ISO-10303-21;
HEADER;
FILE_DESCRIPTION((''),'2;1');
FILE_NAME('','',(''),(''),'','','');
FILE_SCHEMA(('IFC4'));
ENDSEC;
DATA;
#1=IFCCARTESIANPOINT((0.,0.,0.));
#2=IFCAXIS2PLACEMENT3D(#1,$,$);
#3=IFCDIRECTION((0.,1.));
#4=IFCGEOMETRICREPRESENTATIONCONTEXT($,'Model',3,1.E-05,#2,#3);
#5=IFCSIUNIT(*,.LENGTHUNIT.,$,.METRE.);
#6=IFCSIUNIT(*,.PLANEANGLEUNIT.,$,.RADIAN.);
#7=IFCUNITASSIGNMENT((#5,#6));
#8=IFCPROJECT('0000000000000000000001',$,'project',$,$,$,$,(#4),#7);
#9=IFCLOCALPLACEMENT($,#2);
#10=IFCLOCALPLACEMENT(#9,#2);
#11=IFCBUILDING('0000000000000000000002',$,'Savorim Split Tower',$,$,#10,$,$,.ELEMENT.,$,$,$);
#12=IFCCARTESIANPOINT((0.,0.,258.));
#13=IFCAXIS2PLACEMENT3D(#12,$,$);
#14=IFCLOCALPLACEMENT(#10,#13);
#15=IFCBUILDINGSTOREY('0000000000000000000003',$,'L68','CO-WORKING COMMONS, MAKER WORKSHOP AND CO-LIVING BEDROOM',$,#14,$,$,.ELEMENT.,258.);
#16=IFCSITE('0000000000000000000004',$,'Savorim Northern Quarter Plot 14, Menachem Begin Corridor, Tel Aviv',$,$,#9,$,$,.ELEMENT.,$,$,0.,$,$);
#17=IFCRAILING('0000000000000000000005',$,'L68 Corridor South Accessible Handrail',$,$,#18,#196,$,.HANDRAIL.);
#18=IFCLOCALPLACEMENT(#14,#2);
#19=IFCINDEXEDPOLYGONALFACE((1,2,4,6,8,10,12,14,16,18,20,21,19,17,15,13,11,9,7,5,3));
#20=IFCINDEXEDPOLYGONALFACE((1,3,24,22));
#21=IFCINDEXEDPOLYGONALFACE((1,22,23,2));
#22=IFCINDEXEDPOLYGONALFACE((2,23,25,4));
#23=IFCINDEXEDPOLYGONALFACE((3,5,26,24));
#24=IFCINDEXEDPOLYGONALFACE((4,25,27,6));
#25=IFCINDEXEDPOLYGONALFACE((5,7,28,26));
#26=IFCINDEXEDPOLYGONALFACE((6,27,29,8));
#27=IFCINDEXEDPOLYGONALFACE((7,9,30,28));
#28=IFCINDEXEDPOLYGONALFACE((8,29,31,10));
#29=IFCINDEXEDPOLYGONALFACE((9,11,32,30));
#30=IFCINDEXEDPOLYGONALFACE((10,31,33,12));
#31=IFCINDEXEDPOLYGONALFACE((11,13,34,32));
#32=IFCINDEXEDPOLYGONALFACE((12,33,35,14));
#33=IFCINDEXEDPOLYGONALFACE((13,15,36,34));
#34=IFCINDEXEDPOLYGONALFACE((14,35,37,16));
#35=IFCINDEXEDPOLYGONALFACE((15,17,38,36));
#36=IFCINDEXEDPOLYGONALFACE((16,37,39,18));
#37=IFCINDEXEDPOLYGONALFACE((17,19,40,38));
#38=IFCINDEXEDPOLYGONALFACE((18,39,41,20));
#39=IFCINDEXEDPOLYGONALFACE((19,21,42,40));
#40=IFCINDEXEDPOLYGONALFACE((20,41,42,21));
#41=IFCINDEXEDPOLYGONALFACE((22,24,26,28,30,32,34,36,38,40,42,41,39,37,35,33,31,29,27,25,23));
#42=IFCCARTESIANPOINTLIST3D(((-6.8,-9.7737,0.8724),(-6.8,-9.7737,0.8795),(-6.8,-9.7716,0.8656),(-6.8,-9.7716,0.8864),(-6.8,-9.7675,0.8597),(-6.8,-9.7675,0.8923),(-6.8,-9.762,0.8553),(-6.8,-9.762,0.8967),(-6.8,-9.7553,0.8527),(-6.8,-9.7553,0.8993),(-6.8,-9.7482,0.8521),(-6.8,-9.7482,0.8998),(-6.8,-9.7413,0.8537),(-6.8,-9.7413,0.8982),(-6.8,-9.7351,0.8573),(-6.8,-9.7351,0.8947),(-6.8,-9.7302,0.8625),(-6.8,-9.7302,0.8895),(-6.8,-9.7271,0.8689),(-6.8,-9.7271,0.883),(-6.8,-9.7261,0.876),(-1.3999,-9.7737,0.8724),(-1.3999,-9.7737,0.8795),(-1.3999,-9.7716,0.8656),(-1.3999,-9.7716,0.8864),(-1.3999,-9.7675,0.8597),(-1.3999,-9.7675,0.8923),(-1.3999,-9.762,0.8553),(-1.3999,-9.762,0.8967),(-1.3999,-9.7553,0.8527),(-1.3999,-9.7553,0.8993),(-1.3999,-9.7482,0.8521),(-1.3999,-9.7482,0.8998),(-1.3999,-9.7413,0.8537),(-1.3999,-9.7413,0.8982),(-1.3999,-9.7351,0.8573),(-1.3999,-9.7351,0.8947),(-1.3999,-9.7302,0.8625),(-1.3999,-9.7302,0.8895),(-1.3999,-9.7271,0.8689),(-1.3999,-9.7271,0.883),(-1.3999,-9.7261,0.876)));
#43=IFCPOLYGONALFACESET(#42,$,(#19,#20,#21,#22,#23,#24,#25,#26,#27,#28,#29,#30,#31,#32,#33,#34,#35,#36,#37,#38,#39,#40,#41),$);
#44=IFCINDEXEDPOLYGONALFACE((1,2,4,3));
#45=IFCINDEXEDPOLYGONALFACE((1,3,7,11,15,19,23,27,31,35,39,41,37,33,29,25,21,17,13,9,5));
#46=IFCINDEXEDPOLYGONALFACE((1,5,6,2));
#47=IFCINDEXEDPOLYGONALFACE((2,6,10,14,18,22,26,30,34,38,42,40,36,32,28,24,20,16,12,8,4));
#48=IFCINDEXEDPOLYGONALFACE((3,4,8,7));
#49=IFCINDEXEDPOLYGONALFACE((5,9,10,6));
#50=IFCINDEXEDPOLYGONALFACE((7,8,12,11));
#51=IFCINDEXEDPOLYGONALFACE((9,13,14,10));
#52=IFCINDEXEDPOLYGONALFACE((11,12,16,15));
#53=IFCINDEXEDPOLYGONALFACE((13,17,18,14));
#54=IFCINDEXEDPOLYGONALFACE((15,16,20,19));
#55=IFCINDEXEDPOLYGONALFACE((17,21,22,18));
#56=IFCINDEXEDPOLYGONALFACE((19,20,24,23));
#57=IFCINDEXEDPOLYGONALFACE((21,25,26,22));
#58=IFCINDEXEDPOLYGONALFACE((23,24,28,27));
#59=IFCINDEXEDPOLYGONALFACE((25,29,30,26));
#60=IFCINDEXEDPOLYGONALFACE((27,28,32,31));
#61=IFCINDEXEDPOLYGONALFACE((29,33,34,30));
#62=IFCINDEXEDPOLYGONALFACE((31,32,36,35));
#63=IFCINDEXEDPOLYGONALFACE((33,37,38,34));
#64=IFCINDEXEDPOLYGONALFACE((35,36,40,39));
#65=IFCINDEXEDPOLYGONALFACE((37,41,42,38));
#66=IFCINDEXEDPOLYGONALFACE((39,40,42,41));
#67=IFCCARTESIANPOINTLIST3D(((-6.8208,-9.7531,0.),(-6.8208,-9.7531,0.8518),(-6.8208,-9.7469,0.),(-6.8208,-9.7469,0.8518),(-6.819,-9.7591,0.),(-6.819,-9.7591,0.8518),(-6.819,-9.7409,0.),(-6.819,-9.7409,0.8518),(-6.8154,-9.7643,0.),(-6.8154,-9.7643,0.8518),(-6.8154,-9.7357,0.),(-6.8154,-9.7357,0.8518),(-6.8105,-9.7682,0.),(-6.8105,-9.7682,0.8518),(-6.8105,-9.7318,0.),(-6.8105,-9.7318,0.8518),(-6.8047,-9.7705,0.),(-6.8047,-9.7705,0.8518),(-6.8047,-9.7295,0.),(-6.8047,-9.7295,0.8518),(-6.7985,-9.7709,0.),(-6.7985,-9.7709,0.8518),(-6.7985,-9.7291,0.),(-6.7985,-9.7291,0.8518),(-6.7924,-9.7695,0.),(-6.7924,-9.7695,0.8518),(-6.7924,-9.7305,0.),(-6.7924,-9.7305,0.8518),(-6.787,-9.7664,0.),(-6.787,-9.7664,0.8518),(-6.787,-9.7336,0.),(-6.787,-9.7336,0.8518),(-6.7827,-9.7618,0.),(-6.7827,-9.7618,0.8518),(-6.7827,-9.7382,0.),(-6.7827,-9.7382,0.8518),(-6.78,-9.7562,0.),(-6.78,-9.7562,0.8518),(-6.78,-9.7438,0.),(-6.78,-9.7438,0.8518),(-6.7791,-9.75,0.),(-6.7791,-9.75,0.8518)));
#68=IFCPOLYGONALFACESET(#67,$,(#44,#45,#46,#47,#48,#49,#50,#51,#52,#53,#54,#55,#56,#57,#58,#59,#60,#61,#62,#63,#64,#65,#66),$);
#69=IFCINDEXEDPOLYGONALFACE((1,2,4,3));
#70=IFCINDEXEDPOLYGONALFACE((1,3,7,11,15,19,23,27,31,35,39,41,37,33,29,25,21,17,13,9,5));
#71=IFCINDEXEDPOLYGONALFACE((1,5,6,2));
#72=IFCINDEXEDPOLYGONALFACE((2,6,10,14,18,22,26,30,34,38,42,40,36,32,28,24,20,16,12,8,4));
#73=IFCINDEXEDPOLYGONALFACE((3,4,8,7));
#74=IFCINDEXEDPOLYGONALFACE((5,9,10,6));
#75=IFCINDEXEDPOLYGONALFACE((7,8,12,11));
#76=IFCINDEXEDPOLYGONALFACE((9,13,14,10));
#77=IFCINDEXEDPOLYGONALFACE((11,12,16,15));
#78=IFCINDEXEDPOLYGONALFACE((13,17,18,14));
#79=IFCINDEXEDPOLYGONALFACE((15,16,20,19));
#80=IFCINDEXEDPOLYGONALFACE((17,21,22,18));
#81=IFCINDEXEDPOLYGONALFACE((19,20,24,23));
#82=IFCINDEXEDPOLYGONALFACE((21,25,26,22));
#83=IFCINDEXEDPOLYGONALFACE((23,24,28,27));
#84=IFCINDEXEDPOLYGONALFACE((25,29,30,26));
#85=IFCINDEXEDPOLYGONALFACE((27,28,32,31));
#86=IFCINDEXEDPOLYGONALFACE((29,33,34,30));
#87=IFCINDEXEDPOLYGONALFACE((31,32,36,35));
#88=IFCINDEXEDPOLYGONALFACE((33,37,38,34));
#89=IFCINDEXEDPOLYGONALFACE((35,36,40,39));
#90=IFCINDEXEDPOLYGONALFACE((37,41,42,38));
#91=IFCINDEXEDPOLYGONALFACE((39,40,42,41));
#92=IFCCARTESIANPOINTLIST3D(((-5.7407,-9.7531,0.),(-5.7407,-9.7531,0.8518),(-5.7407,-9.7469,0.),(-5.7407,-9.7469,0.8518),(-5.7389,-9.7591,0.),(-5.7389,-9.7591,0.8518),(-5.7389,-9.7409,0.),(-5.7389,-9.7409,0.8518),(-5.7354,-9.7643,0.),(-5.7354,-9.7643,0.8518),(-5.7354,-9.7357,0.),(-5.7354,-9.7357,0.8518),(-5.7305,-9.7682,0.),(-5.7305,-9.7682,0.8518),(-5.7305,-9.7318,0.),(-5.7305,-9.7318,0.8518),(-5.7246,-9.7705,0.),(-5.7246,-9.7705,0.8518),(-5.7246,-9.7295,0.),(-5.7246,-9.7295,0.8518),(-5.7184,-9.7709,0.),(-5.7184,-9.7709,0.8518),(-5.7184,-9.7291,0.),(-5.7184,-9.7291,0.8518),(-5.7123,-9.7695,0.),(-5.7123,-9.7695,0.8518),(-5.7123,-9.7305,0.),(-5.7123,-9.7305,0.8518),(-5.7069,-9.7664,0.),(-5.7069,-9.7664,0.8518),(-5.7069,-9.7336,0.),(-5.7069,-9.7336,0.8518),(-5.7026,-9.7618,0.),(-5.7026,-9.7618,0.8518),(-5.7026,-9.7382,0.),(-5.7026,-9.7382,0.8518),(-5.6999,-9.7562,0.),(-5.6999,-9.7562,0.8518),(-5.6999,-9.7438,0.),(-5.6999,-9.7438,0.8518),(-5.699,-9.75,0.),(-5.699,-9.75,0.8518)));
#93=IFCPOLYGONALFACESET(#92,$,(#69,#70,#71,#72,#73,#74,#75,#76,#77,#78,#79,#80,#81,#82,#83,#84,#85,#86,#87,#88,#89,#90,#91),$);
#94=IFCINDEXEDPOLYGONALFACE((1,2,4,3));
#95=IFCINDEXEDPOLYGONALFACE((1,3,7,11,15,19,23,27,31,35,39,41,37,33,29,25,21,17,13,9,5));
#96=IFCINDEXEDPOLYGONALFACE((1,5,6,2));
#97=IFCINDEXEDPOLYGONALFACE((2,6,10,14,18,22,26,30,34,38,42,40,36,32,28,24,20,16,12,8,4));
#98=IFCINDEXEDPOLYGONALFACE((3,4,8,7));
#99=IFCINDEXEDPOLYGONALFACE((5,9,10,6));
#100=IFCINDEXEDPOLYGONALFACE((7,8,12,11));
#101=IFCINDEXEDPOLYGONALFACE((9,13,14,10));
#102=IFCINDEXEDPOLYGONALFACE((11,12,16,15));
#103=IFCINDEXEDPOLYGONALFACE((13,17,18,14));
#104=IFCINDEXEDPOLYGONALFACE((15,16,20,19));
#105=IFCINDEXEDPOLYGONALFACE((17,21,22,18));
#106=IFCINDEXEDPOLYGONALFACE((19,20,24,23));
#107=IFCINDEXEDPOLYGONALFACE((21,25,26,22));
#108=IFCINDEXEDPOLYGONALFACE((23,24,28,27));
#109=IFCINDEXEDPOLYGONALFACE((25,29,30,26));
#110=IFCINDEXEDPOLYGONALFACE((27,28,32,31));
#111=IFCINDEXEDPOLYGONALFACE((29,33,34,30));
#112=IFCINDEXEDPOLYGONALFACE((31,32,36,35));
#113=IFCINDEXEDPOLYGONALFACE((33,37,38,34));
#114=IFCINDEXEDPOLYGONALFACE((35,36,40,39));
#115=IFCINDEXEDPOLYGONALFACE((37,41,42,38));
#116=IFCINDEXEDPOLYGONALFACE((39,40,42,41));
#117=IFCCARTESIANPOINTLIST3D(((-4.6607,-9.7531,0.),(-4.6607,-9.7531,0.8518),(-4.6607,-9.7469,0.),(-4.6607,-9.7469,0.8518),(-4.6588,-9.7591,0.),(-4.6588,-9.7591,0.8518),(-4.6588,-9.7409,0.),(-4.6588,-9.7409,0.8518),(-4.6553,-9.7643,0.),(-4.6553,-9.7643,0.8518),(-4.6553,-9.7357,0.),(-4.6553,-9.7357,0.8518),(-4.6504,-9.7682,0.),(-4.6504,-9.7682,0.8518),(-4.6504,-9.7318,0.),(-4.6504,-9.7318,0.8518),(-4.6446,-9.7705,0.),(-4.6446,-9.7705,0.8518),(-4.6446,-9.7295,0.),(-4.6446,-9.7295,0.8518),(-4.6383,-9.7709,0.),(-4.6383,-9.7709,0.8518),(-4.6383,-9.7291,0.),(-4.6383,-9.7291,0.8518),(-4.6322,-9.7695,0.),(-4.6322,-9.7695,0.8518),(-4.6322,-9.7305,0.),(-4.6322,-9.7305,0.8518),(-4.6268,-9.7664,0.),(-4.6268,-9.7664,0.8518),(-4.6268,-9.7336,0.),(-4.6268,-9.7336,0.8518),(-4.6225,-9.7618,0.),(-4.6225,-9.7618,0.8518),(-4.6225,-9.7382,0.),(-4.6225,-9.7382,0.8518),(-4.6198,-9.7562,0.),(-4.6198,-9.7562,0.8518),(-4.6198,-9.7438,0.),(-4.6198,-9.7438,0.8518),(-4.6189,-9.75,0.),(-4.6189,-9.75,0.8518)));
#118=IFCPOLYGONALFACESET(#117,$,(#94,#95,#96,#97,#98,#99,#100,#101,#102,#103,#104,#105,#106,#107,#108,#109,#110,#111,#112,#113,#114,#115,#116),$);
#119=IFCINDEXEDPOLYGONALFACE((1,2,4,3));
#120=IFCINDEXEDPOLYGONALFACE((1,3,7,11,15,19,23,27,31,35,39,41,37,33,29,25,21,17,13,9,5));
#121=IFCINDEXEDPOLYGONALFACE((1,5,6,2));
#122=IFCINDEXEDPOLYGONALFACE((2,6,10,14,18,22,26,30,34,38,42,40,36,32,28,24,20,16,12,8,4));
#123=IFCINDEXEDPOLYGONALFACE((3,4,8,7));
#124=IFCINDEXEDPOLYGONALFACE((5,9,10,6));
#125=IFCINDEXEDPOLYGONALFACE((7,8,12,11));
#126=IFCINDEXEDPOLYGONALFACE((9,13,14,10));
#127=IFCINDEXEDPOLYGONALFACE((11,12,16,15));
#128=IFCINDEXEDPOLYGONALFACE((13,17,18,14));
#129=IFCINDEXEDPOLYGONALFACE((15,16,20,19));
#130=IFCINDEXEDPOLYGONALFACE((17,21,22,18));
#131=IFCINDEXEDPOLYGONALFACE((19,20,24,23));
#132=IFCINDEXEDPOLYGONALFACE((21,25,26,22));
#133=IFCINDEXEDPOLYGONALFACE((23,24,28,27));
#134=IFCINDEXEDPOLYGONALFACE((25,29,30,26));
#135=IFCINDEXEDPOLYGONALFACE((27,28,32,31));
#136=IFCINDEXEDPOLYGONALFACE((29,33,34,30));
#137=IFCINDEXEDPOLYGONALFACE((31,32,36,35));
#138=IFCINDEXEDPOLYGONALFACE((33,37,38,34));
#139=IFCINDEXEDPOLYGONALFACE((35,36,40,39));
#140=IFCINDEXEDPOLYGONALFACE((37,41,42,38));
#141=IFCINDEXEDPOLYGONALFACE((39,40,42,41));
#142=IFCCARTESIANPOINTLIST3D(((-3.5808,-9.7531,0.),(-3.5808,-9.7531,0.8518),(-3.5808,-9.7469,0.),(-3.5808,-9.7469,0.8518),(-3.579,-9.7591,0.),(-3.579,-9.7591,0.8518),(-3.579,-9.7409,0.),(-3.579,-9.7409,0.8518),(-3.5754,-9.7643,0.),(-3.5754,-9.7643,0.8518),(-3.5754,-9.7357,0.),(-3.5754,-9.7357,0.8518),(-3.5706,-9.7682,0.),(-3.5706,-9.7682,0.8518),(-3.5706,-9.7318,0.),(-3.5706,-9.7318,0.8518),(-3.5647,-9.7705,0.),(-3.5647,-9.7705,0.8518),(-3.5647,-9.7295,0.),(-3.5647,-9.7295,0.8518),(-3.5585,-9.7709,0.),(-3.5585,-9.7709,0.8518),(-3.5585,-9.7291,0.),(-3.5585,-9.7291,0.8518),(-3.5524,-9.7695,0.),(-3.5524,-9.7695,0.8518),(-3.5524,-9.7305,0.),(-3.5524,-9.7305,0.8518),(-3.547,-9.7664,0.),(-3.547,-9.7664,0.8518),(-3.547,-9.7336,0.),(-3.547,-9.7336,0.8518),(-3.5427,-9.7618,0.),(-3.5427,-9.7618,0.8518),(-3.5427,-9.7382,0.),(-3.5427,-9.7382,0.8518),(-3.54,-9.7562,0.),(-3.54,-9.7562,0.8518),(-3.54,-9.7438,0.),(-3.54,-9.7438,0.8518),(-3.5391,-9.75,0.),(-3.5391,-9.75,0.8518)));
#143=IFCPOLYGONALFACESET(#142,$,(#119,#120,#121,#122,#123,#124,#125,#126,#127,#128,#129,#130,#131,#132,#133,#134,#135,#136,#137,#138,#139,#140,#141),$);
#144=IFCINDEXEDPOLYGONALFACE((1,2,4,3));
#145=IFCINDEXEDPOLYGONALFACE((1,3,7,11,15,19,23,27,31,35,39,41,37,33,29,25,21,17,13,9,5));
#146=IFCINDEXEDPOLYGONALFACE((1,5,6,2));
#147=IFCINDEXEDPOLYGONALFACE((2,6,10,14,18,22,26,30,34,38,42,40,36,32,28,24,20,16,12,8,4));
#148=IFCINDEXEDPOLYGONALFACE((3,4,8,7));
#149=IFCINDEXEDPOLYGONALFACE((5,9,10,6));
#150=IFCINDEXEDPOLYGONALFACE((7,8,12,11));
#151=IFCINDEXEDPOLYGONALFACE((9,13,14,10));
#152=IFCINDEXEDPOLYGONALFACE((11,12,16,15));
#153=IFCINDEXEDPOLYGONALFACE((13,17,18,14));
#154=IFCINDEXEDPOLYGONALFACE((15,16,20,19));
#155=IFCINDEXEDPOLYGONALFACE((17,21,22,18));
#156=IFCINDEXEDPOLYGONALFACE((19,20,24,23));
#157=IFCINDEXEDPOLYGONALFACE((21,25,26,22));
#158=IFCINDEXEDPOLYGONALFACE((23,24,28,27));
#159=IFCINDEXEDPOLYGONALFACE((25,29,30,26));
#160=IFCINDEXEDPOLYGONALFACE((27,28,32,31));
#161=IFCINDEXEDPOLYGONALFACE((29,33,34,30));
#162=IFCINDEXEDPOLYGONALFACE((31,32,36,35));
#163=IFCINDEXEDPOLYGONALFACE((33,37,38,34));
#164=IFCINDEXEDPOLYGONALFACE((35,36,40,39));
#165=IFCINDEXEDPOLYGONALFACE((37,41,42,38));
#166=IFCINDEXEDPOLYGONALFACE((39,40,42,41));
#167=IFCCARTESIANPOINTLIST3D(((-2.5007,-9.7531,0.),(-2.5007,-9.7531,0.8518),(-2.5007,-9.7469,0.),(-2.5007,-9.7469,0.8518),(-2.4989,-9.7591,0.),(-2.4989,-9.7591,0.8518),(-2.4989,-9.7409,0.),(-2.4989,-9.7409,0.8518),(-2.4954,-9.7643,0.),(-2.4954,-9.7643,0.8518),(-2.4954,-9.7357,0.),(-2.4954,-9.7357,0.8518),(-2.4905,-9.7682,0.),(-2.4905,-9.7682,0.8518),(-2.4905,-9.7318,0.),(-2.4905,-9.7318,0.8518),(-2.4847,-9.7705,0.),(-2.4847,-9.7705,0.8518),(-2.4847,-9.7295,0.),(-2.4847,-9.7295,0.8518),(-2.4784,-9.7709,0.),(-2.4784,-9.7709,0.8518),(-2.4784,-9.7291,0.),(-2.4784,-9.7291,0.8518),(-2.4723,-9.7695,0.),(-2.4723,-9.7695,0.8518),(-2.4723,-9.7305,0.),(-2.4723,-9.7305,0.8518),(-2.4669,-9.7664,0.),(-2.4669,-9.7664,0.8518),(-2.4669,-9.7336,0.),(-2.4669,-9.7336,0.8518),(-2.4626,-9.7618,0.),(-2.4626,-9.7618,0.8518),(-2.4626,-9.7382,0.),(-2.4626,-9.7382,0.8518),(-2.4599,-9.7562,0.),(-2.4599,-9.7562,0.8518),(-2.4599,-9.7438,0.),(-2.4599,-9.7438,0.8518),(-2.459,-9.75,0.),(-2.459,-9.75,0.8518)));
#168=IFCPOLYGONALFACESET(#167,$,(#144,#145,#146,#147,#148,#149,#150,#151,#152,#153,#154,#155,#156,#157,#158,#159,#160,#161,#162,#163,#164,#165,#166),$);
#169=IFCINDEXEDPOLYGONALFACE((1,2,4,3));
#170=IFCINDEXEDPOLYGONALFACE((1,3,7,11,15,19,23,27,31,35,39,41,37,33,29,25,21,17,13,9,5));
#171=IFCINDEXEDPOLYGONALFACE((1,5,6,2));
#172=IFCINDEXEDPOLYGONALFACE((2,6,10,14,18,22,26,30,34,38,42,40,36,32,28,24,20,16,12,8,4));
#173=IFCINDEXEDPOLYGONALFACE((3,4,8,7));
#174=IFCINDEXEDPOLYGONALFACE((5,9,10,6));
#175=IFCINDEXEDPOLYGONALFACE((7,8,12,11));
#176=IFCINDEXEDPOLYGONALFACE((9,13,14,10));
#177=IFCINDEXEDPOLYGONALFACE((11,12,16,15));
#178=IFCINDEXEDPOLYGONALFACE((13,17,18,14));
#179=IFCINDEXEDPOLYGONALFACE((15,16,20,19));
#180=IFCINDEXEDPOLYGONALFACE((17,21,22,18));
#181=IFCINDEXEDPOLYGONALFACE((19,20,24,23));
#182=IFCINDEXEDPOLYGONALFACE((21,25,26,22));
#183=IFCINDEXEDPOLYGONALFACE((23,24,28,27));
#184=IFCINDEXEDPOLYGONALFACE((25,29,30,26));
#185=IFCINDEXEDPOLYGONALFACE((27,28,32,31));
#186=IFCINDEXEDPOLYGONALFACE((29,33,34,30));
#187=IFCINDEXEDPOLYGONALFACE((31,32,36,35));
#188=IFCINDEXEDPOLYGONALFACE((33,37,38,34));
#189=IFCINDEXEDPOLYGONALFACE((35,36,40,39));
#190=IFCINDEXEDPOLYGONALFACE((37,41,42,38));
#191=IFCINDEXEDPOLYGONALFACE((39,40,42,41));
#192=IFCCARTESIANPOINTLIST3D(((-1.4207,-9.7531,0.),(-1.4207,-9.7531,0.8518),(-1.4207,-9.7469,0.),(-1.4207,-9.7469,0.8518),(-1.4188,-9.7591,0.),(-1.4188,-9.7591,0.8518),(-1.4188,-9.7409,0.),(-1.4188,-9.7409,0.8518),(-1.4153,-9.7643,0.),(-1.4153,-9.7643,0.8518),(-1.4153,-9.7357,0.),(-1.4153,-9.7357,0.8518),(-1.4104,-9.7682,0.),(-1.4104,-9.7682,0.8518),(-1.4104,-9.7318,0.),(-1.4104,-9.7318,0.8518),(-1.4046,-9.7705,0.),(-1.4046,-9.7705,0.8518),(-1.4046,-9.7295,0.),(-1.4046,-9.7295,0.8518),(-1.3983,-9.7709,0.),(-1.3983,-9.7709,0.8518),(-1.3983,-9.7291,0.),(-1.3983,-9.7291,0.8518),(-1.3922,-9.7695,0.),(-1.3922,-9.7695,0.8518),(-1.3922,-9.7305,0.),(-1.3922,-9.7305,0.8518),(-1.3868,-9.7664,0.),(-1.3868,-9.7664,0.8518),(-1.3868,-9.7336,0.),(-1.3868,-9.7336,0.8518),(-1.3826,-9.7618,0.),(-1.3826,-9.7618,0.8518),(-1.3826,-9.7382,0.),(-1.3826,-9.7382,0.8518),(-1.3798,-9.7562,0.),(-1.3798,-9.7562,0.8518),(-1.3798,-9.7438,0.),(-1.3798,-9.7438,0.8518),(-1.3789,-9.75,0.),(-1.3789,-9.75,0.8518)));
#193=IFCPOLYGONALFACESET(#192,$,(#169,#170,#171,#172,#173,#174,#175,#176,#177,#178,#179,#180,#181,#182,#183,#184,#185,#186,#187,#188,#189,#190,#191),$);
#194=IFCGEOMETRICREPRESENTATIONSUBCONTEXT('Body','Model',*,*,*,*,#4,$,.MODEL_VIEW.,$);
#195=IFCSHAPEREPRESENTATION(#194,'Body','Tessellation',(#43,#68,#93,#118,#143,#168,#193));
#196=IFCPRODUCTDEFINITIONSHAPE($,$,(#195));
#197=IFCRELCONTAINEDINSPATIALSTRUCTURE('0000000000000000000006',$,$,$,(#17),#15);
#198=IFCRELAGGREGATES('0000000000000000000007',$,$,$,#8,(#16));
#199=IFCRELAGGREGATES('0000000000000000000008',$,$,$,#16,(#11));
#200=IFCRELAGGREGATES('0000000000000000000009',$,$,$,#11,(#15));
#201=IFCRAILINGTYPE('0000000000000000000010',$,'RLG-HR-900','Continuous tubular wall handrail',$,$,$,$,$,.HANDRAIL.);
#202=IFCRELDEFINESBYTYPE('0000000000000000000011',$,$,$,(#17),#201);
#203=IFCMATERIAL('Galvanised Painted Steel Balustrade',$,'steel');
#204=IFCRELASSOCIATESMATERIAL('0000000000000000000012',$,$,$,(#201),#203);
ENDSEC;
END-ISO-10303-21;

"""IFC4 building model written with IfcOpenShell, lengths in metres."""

from ifc_helpers import new_model, si_unit, direction, frame, origin, origin_2d, place, context, subcontext, project, spatial, circle, extrude, material, type_object, element, save


model = new_model("IFC4")

# Units and contexts
model_context = context("Model", 3, precision=1e-05, world=origin(), true_north=direction((0.0, 1.0)))
body_context = subcontext(model_context, "Body", "Model", "MODEL_VIEW")
ifc_project = project(units=[si_unit("LENGTHUNIT", "METRE"), si_unit("PLANEANGLEUNIT", "RADIAN")], contexts=[model_context])

# Site, building, storey
site_placement = place(None, origin())
site = spatial("IfcSite", under=ifc_project, at=site_placement, Name="Savorim Northern Quarter Plot 14, Menachem Begin Corridor, Tel Aviv", CompositionType="ELEMENT", RefElevation=0.0)
building_placement = place(site_placement, origin())
building = spatial("IfcBuilding", under=site, at=building_placement, Name="Savorim Split Tower", CompositionType="ELEMENT")
storey_placement = place(building_placement, frame((0.0, 0.0, 258.0)))
storey = spatial("IfcBuildingStorey", under=building, at=storey_placement, Name="L68", Description="CO-WORKING COMMONS, MAKER WORKSHOP AND CO-LIVING BEDROOM", CompositionType="ELEMENT", Elevation=258.0)

# Railing
ifc_material_1 = material(Name="Galvanised Painted Steel Balustrade", Category="steel")
railing_type_1 = type_object("IfcRailingType", Name="RLG-HR-900", Description="Continuous tubular wall handrail", PredefinedType="HANDRAIL", material=ifc_material_1)
railing_1_placement = place(storey_placement, frame((-6.8, -9.75, 0.0)))
element("IfcRailing", 1, at=railing_1_placement, inside=storey, type_object=railing_type_1, Name="L68 Corridor South Accessible Handrail", PredefinedType="HANDRAIL", context=body_context, shape_type="SweptSolid", body=[
    extrude(circle(Radius=0.0239, at=origin_2d()), frame((0.0, 0.0, 0.876), z_axis=(1.0, 0.0, 0.0), x_axis=(0.0, 1.0, 0.0)), (0.0, 0.0, 1.0), 5.4001),
    extrude(circle(Radius=0.021, at=origin_2d()), origin(), (0.0, 0.0, 1.0), 0.8518),
    extrude(circle(Radius=0.021, at=origin_2d()), frame((1.0801, 0.0, 0.0)), (0.0, 0.0, 1.0), 0.8518),
    extrude(circle(Radius=0.021, at=origin_2d()), frame((2.1602, 0.0, 0.0)), (0.0, 0.0, 1.0), 0.8518),
    extrude(circle(Radius=0.021, at=origin_2d()), frame((3.24, 0.0, 0.0)), (0.0, 0.0, 1.0), 0.8518),
    extrude(circle(Radius=0.021, at=origin_2d()), frame((4.3201, 0.0, 0.0)), (0.0, 0.0, 1.0), 0.8518),
    extrude(circle(Radius=0.021, at=origin_2d()), frame((5.4001, 0.0, 0.0)), (0.0, 0.0, 1.0), 0.8518),
])

save(model, "model.ifc")
